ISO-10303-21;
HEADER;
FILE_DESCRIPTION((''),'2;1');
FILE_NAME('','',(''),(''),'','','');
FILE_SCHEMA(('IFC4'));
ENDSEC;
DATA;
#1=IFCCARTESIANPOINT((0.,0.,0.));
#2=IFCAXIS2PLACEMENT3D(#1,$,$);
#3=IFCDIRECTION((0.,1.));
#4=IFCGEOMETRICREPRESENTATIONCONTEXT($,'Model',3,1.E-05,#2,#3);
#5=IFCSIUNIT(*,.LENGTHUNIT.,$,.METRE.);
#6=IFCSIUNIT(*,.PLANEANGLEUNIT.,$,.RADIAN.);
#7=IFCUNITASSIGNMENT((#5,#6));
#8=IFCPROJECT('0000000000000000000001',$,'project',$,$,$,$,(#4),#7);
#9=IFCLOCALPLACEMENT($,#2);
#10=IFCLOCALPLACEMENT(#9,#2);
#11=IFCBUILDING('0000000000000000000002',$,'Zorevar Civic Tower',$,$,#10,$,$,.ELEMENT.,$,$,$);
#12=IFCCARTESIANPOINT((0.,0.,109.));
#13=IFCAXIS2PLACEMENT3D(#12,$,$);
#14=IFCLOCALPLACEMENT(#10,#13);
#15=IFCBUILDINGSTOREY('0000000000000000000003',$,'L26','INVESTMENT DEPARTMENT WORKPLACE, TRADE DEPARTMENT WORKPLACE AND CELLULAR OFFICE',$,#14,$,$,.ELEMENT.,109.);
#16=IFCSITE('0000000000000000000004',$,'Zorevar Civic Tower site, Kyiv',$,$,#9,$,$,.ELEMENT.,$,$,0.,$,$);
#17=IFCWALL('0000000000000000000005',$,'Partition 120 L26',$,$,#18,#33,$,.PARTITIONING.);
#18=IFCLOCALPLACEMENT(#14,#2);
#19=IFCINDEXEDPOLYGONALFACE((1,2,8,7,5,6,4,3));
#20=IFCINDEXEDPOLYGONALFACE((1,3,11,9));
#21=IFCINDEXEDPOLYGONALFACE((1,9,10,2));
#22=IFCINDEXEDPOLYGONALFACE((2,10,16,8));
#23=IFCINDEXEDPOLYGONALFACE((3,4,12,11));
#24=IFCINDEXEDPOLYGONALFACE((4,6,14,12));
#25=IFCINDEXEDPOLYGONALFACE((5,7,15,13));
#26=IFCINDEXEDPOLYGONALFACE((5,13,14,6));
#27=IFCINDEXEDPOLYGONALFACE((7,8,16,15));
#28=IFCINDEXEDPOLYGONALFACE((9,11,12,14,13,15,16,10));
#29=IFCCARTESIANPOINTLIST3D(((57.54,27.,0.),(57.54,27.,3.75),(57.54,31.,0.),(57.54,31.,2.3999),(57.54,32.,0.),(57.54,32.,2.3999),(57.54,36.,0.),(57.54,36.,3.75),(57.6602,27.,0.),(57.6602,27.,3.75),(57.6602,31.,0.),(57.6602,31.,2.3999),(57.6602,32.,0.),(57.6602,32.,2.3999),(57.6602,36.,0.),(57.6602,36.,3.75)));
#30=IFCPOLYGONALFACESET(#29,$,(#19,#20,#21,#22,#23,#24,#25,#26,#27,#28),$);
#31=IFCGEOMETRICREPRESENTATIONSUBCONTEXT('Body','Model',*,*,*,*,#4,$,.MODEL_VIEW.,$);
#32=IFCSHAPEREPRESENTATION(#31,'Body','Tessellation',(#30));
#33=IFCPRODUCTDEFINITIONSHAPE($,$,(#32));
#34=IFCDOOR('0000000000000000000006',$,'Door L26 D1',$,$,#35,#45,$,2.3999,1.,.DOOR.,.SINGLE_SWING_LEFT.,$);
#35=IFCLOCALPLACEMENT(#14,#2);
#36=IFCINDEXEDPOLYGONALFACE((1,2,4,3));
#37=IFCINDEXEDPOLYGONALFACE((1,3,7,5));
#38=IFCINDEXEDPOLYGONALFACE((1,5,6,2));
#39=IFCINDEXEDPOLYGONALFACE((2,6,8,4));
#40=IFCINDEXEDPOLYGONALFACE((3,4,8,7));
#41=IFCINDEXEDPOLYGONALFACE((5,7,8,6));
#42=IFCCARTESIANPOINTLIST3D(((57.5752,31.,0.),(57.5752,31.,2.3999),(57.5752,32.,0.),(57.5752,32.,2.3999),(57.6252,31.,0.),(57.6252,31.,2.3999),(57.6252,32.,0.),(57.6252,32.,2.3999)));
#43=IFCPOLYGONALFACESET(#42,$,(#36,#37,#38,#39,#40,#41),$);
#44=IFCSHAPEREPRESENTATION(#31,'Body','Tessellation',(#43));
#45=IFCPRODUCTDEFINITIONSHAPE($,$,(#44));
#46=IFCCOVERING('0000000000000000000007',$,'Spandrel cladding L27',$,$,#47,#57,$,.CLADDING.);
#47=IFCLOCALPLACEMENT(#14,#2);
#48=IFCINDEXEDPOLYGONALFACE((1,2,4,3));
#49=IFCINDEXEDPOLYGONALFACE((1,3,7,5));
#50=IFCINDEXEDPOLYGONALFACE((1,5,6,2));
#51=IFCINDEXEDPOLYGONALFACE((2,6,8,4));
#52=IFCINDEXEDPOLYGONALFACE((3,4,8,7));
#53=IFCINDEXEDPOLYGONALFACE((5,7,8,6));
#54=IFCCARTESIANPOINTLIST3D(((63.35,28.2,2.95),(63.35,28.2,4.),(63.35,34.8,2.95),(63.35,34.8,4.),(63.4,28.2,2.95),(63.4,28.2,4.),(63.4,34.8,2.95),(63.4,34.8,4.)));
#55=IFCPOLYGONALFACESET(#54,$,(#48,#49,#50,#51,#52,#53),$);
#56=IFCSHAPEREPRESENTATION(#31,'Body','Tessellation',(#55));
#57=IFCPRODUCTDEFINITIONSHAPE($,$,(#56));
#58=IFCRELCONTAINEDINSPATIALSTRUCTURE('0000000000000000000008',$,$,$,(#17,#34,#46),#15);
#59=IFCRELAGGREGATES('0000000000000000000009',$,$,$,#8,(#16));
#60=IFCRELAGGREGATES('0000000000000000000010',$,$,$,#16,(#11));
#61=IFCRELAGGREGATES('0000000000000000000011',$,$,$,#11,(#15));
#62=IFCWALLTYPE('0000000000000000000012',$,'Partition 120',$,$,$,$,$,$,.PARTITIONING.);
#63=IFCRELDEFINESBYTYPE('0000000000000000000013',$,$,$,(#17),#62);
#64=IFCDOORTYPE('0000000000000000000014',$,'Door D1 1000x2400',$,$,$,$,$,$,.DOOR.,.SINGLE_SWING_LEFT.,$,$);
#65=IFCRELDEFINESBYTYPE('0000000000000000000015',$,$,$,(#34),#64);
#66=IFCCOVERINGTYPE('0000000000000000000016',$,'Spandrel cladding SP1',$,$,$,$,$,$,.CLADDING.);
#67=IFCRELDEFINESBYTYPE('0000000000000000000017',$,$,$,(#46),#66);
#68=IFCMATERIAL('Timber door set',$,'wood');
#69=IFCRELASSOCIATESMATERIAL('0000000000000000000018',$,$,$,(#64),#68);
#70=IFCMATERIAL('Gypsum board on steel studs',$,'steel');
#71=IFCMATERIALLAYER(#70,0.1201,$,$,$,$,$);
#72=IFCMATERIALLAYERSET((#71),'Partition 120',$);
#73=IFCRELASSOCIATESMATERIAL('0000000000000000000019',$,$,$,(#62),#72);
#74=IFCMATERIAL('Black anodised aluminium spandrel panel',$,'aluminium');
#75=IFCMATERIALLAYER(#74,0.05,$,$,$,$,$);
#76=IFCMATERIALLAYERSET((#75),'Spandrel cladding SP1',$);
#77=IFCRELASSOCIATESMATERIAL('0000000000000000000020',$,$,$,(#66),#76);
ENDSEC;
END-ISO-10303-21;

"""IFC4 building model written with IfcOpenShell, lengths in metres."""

from ifc_helpers import new_model, si_unit, direction, frame, frame_2d, origin, place, context, subcontext, project, spatial, rectangle, extrude, material, layer, layer_set, type_object, element, fill, save


model = new_model("IFC4")

# Units and contexts
model_context = context("Model", 3, precision=1e-05, world=origin(), true_north=direction((0.0, 1.0)))
body_context = subcontext(model_context, "Body", "Model", "MODEL_VIEW")
ifc_project = project(units=[si_unit("LENGTHUNIT", "METRE"), si_unit("PLANEANGLEUNIT", "RADIAN")], contexts=[model_context])

# Site, building, storey
site_placement = place(None, origin())
site = spatial("IfcSite", under=ifc_project, at=site_placement, Name="Zorevar Civic Tower site, Kyiv", CompositionType="ELEMENT", RefElevation=0.0)
building_placement = place(site_placement, origin())
building = spatial("IfcBuilding", under=site, at=building_placement, Name="Zorevar Civic Tower", CompositionType="ELEMENT")
storey_placement = place(building_placement, frame((0.0, 0.0, 109.0)))
storey = spatial("IfcBuildingStorey", under=building, at=storey_placement, Name="L26", Description="INVESTMENT DEPARTMENT WORKPLACE, TRADE DEPARTMENT WORKPLACE AND CELLULAR OFFICE", CompositionType="ELEMENT", Elevation=109.0)

# Shared definitions
ifc_material_1 = material(Name="Timber door set", Category="wood")
door_type_1 = type_object("IfcDoorType", Name="Door D1 1000x2400", OperationType="SINGLE_SWING_LEFT", PredefinedType="DOOR", material=ifc_material_1)

# Shared definitions
ifc_material_2 = material(Name="Gypsum board on steel studs", Category="steel")
ifc_layer_1 = layer(ifc_material_2, 0.1201)
ifc_layer_set_1 = layer_set([ifc_layer_1], Name="Partition 120")
wall_type_1 = type_object("IfcWallType", Name="Partition 120", PredefinedType="PARTITIONING", material=ifc_layer_set_1)

# Wall, opening, door
wall_1_placement = place(storey_placement, frame((57.6001, 27.0, 0.0), z_axis=(0.0, 0.0, 1.0), x_axis=(0.0, 1.0, 0.0)))
wall_1 = element("IfcWall", 1, at=wall_1_placement, inside=storey, type_object=wall_type_1, Name="Partition 120 L26", PredefinedType="PARTITIONING", context=body_context, shape_type="SweptSolid", body=[
    extrude(rectangle(XDim=9.0, YDim=0.1201, at=frame_2d((4.5, 0.0))), origin(), (0.0, 0.0, 1.0), 3.75),
])
opening_1_placement = place(wall_1_placement, frame((4.0, 0.0, 0.0)))
opening_1 = element("IfcOpeningElement", 2, at=opening_1_placement, cuts=wall_1, PredefinedType="OPENING", context=body_context, shape_type="SweptSolid", body=[
    extrude(rectangle(XDim=1.0, YDim=2.3999, at=frame_2d((0.5, 1.2))), frame((0.0, 0.0701, 0.0), z_axis=(0.0, -1.0, 0.0), x_axis=(1.0, 0.0, 0.0)), (0.0, 0.0, 1.0), 0.1401),
])
door_1_placement = place(opening_1_placement, origin())
door_1 = element("IfcDoor", 3, at=door_1_placement, inside=storey, type_object=door_type_1, Name="Door L26 D1", OperationType="SINGLE_SWING_LEFT", OverallHeight=2.3999, OverallWidth=1.0, PredefinedType="DOOR", context=body_context, shape_type="SweptSolid", body=[
    extrude(rectangle(XDim=1.0, YDim=2.3999, at=frame_2d((0.5, 1.2))), frame((0.0, 0.0249, 0.0), z_axis=(0.0, -1.0, 0.0), x_axis=(1.0, 0.0, 0.0)), (0.0, 0.0, 1.0), 0.05),
])
fill(opening_1, door_1)

# Covering
ifc_material_3 = material(Name="Black anodised aluminium spandrel panel", Category="aluminium")
ifc_layer_2 = layer(ifc_material_3, 0.05)
ifc_layer_set_2 = layer_set([ifc_layer_2], Name="Spandrel cladding SP1")
covering_type = type_object("IfcCoveringType", Name="Spandrel cladding SP1", PredefinedType="CLADDING", material=ifc_layer_set_2)
covering_placement = place(storey_placement, frame((63.375, 28.2, 2.95), z_axis=(0.0, 0.0, 1.0), x_axis=(0.0, 1.0, 0.0)))
element("IfcCovering", 4, at=covering_placement, inside=storey, type_object=covering_type, Name="Spandrel cladding L27", PredefinedType="CLADDING", context=body_context, shape_type="SweptSolid", body=[
    extrude(rectangle(XDim=6.6001, YDim=0.05, at=frame_2d((3.3, 0.0))), origin(), (0.0, 0.0, 1.0), 1.05),
])

save(model, "model.ifc")
